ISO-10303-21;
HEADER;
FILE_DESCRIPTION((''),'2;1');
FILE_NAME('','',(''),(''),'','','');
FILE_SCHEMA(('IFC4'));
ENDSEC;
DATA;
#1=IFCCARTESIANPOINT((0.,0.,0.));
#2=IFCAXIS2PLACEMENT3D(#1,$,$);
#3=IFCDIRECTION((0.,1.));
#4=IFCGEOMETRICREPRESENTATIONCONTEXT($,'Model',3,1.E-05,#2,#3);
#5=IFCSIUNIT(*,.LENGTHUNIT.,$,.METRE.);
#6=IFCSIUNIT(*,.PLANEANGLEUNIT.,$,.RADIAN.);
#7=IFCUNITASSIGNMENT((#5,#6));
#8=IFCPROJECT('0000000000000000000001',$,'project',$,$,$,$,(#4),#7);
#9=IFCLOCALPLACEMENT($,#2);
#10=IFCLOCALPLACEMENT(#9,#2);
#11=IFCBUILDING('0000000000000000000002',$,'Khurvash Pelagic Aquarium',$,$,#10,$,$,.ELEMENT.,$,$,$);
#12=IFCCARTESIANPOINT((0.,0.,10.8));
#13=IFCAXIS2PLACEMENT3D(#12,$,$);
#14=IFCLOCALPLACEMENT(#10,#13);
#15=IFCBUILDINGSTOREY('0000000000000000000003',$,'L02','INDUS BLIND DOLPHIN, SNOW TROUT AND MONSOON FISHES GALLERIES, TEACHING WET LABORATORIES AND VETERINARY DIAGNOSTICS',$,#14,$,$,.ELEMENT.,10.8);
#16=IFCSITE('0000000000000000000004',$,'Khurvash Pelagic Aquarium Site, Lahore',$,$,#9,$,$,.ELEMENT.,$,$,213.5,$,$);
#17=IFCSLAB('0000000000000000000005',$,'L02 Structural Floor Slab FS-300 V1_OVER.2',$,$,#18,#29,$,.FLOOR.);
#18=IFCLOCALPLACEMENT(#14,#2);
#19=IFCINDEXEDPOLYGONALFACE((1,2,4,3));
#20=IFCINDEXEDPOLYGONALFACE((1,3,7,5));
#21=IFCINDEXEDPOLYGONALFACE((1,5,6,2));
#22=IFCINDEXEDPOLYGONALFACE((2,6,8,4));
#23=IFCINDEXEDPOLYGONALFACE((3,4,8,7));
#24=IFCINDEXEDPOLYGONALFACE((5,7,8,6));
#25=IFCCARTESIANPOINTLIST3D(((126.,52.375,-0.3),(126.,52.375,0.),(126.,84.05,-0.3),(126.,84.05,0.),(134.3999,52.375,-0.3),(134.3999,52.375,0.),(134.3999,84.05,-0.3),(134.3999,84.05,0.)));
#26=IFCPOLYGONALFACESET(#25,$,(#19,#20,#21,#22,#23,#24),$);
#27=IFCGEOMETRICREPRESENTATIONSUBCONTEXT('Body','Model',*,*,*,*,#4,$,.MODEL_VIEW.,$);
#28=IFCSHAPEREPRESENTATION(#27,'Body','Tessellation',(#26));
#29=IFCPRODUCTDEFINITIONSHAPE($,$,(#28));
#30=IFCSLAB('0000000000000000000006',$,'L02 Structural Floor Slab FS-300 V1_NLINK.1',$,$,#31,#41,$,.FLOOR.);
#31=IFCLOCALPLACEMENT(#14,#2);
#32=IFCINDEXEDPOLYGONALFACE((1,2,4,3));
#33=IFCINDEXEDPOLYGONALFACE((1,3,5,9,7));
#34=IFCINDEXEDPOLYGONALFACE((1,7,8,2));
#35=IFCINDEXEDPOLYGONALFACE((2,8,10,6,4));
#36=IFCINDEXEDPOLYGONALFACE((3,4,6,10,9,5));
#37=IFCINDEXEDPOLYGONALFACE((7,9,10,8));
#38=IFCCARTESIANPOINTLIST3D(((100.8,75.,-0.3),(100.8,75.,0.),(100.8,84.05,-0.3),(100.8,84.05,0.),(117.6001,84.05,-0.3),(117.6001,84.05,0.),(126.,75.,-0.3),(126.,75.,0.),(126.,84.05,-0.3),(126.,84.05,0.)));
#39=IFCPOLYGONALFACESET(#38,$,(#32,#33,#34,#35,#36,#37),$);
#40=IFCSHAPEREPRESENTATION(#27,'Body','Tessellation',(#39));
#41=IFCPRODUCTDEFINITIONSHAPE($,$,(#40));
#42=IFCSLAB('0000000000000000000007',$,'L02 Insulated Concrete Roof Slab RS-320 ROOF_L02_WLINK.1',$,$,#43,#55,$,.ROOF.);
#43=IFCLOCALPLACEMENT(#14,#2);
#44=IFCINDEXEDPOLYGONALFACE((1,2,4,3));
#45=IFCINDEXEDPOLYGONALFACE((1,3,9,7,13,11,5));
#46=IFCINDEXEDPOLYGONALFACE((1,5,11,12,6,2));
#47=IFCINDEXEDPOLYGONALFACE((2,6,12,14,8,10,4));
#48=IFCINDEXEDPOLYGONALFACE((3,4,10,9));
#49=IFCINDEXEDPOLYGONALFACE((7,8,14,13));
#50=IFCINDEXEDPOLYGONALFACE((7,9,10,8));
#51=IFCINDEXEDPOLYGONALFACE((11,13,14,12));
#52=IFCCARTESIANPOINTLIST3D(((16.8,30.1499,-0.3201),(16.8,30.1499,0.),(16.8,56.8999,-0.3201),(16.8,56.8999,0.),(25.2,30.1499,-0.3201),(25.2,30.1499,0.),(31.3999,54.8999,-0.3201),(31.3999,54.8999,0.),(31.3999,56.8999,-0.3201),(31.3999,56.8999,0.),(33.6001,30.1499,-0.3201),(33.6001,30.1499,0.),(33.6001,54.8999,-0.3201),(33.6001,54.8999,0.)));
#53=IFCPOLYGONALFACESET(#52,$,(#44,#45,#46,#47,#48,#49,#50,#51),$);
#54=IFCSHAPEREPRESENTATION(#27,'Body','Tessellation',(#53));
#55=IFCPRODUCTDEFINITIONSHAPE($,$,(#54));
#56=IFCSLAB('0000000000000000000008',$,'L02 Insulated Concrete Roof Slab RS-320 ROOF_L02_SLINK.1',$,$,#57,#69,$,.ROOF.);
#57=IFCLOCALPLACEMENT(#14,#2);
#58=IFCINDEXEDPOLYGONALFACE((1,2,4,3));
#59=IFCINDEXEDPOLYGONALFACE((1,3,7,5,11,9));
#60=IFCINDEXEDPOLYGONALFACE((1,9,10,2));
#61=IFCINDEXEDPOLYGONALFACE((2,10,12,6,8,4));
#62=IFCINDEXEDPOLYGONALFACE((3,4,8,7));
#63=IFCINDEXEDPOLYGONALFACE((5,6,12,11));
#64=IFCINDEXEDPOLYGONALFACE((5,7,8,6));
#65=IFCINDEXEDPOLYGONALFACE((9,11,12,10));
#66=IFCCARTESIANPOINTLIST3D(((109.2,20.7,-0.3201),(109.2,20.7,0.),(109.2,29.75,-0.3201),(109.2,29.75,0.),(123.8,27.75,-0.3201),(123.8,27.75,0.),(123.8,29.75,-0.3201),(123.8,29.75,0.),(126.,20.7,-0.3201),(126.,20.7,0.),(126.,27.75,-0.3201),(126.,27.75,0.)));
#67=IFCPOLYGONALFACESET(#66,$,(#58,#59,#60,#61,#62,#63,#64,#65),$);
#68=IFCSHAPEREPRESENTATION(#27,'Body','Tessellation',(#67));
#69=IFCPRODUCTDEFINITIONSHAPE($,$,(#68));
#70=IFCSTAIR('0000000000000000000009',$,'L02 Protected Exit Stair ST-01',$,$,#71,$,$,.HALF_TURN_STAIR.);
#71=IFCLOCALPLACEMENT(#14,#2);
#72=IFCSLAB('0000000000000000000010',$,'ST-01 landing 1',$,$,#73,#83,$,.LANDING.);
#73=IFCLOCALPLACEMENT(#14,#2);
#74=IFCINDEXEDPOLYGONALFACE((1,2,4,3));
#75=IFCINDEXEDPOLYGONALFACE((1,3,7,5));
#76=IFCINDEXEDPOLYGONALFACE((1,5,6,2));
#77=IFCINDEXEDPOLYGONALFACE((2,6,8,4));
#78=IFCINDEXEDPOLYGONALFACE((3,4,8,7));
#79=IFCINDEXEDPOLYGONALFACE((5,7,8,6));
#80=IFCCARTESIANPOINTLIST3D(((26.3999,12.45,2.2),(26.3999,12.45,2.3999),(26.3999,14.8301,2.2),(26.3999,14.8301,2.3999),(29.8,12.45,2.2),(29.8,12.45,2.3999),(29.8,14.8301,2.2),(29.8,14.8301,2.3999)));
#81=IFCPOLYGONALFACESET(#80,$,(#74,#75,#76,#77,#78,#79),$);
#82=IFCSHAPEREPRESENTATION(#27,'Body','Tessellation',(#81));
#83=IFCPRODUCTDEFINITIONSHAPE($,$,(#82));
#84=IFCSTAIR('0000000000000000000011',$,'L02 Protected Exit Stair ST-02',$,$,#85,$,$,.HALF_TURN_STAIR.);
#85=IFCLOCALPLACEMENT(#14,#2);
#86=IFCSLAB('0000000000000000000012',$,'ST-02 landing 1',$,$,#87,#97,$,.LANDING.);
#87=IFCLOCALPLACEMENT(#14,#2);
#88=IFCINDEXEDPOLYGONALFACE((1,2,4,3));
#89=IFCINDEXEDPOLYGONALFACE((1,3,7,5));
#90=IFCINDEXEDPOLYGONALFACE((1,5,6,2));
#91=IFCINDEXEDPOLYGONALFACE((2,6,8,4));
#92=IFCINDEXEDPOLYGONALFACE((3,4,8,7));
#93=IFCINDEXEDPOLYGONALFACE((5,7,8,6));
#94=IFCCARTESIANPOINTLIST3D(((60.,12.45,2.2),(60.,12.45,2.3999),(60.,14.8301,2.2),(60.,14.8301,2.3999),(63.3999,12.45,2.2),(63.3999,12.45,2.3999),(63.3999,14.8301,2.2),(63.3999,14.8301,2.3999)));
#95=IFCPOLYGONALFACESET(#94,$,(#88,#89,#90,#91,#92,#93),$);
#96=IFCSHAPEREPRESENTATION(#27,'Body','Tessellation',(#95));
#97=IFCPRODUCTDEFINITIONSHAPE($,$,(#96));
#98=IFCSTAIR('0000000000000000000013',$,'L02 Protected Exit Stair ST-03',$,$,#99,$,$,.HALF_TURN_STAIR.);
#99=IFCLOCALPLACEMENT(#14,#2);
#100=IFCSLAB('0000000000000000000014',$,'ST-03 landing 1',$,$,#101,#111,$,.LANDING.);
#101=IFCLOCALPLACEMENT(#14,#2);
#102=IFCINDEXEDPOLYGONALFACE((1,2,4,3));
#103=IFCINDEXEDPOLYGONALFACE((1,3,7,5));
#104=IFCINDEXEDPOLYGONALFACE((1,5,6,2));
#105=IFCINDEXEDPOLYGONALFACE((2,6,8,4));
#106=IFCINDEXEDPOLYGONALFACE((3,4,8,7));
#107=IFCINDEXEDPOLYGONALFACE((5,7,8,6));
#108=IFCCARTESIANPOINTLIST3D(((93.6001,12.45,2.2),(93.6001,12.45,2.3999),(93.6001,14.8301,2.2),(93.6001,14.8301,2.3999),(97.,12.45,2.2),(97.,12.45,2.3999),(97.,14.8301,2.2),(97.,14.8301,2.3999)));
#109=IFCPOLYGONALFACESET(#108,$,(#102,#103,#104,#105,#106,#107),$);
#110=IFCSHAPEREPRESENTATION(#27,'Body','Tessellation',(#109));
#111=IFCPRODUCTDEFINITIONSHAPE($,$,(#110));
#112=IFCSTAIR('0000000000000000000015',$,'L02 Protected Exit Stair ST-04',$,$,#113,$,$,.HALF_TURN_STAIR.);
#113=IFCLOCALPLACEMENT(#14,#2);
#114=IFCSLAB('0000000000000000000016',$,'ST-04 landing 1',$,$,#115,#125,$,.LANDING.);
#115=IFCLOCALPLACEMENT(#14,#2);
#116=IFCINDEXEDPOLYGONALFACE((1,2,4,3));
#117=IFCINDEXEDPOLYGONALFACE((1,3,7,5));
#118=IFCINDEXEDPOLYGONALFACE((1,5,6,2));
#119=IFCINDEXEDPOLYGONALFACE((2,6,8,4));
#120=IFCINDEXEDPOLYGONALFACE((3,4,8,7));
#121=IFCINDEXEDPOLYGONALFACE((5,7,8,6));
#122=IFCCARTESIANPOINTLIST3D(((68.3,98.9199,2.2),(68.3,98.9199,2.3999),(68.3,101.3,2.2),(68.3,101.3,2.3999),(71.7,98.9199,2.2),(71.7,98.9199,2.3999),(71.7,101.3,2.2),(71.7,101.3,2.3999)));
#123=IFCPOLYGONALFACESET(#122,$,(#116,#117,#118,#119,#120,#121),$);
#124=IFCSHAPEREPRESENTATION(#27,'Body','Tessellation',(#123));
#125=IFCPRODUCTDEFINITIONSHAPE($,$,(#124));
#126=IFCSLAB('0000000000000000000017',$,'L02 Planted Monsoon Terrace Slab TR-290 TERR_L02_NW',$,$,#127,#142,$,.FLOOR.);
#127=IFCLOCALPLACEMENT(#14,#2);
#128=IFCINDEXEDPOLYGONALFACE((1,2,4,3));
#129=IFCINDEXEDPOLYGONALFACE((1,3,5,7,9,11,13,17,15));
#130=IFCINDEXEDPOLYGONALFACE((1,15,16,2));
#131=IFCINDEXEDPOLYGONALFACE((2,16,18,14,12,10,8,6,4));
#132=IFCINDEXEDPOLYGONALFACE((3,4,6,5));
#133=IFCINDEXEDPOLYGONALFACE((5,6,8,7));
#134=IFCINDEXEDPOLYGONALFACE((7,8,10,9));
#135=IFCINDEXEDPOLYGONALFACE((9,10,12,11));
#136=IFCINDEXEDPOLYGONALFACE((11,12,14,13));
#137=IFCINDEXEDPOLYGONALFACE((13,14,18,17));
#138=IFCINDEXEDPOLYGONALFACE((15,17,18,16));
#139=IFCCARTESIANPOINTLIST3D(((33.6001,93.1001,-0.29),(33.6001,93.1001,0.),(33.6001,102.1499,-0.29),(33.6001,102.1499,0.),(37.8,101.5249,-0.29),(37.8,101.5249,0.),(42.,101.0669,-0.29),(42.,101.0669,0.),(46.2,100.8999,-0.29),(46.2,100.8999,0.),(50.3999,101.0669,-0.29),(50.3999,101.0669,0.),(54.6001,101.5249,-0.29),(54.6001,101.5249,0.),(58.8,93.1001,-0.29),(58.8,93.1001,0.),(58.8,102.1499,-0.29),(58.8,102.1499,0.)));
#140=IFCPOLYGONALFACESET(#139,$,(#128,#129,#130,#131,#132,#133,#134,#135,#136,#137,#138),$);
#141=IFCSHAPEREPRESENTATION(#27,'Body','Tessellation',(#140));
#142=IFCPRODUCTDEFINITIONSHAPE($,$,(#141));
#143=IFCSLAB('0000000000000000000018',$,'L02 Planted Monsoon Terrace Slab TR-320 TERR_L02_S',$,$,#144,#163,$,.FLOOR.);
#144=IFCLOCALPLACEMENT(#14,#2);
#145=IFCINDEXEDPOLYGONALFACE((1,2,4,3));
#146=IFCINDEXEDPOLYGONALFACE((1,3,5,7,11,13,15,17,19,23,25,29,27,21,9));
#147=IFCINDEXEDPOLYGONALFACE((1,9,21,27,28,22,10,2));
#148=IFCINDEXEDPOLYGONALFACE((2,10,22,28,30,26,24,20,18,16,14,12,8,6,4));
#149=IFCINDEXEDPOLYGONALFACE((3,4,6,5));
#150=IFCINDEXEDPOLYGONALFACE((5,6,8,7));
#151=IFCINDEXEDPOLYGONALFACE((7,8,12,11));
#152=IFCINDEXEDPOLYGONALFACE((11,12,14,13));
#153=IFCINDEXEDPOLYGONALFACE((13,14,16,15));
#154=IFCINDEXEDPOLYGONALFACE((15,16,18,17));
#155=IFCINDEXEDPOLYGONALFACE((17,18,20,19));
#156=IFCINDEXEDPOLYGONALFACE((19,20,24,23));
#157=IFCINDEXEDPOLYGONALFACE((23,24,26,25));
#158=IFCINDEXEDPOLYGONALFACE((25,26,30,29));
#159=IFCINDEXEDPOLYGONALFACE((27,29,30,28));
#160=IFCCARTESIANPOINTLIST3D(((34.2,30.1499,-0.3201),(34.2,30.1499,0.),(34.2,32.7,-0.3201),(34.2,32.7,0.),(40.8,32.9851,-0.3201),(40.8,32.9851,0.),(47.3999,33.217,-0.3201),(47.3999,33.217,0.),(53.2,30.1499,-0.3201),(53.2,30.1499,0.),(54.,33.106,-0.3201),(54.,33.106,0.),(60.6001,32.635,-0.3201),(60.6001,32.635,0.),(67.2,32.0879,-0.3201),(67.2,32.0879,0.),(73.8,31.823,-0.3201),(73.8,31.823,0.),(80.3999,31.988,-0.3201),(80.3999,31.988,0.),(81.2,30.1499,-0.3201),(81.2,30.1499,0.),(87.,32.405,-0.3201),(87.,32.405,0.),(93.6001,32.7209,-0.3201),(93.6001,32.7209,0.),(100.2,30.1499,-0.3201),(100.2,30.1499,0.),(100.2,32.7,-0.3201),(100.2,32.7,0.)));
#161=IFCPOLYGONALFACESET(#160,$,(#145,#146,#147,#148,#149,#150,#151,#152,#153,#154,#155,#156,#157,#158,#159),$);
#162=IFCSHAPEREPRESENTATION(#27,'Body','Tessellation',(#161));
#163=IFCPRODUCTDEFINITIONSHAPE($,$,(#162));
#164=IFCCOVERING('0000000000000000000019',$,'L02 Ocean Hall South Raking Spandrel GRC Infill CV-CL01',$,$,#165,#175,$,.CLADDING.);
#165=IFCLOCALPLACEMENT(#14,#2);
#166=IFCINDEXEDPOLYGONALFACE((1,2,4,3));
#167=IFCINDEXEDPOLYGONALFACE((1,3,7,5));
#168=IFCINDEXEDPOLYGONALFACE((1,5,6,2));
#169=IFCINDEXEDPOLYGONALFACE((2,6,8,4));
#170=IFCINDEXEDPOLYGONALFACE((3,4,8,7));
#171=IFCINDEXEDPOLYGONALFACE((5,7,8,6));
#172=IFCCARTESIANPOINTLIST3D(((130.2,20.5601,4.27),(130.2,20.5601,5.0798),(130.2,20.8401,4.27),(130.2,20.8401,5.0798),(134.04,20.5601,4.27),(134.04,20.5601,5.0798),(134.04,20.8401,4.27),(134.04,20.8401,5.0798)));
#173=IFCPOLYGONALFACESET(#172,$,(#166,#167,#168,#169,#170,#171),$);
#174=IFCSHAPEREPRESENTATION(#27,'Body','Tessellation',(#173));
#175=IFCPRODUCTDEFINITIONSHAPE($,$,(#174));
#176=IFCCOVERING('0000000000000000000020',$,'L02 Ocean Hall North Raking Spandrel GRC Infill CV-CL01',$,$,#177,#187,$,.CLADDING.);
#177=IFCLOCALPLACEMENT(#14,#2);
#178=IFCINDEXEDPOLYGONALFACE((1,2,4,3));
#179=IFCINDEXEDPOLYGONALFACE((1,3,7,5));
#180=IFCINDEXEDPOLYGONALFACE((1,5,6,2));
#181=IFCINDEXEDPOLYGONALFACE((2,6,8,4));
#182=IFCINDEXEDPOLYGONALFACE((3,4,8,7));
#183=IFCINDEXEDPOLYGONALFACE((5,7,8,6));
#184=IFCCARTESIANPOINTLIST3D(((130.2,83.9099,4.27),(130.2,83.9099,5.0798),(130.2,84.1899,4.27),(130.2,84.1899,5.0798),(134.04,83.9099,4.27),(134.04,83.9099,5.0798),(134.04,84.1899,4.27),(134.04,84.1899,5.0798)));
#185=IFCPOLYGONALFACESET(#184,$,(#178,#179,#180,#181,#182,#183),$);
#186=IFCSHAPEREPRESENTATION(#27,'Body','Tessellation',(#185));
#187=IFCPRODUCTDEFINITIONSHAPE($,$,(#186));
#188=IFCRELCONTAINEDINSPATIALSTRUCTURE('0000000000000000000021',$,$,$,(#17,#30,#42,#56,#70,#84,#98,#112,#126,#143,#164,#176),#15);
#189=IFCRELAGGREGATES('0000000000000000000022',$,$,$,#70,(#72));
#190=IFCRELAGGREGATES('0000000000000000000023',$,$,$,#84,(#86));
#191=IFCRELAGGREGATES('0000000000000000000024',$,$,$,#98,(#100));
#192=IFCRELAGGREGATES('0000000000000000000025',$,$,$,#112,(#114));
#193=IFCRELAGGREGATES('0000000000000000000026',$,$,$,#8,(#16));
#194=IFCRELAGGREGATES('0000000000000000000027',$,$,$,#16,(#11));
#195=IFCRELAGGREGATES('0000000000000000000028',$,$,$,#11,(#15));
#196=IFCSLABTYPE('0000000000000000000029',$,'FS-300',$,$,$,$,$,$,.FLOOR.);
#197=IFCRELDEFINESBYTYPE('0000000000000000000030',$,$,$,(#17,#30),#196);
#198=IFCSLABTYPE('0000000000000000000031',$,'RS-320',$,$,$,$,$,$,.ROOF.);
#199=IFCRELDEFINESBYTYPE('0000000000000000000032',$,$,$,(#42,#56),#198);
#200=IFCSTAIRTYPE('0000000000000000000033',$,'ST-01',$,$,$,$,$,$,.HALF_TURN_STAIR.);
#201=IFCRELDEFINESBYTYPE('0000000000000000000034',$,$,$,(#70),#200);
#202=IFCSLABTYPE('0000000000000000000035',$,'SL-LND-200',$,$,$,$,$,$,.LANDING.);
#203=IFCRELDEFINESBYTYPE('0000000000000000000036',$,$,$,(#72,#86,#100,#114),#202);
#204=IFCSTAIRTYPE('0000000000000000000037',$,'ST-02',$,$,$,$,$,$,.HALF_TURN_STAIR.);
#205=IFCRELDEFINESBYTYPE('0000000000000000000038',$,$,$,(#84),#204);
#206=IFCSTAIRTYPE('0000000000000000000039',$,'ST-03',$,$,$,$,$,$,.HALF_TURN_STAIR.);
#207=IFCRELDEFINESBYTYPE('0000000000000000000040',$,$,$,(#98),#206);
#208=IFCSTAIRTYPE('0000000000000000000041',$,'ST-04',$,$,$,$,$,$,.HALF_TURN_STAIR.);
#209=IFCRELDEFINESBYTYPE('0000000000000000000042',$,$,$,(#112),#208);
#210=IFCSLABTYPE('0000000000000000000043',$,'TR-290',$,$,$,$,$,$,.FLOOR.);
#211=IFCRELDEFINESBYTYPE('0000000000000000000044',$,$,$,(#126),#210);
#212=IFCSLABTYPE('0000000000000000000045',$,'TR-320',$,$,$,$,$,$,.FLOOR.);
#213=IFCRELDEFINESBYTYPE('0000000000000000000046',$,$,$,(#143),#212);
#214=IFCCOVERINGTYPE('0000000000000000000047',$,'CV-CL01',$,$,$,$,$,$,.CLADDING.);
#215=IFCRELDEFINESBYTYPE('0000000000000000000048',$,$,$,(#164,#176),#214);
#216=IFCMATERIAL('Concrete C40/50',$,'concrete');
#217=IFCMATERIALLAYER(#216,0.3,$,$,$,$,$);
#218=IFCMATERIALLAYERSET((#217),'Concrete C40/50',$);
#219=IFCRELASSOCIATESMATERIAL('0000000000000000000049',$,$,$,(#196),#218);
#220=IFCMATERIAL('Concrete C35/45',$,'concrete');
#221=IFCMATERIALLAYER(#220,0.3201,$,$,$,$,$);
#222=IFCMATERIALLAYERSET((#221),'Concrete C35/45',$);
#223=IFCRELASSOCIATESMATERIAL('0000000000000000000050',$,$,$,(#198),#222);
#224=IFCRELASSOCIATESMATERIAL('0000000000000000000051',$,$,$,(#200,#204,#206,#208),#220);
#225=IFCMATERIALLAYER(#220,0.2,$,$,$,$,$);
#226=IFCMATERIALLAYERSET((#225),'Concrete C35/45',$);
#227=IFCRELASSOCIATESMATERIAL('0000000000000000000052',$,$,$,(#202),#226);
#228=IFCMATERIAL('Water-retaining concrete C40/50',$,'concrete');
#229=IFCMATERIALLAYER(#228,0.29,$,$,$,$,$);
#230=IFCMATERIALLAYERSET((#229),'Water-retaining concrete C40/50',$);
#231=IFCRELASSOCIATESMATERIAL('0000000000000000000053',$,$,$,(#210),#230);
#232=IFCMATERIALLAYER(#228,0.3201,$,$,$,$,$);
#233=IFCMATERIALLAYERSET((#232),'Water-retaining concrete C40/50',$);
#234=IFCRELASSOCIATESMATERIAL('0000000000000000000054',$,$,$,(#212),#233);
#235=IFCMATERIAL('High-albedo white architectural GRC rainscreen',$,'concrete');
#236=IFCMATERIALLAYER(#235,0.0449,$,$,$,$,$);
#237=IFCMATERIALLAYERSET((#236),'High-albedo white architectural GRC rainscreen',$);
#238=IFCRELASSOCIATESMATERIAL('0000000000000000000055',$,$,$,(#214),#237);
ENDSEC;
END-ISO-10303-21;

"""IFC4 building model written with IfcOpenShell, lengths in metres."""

from ifc_helpers import new_model, si_unit, direction, frame, origin, place, context, subcontext, project, spatial, polyline, outline, extrude, material, layer, layer_set, type_object, element, aggregate, save


model = new_model("IFC4")

# Units and contexts
model_context = context("Model", 3, precision=1e-05, world=origin(), true_north=direction((0.0, 1.0)))
body_context = subcontext(model_context, "Body", "Model", "MODEL_VIEW")
ifc_project = project(units=[si_unit("LENGTHUNIT", "METRE"), si_unit("PLANEANGLEUNIT", "RADIAN")], contexts=[model_context])

# Site, building, storey
site_placement = place(None, origin())
site = spatial("IfcSite", under=ifc_project, at=site_placement, Name="Khurvash Pelagic Aquarium Site, Lahore", CompositionType="ELEMENT", RefElevation=213.5)
building_placement = place(site_placement, origin())
building = spatial("IfcBuilding", under=site, at=building_placement, Name="Khurvash Pelagic Aquarium", CompositionType="ELEMENT")
storey_placement = place(building_placement, frame((0.0, 0.0, 10.8)))
storey = spatial("IfcBuildingStorey", under=building, at=storey_placement, Name="L02", Description="INDUS BLIND DOLPHIN, SNOW TROUT AND MONSOON FISHES GALLERIES, TEACHING WET LABORATORIES AND VETERINARY DIAGNOSTICS", CompositionType="ELEMENT", Elevation=10.8)

# Slabs
ifc_material_1 = material(Name="Concrete C40/50", Category="concrete")
ifc_layer_1 = layer(ifc_material_1, 0.3)
ifc_layer_set_1 = layer_set([ifc_layer_1], Name="Concrete C40/50")
slab_type_1 = type_object("IfcSlabType", Name="FS-300", PredefinedType="FLOOR", material=ifc_layer_set_1)
slab_1_placement = place(storey_placement, frame((0.0, 0.0, -0.3)))
element("IfcSlab", 1, at=slab_1_placement, inside=storey, type_object=slab_type_1, Name="L02 Structural Floor Slab FS-300 V1_OVER.2", PredefinedType="FLOOR", context=body_context, shape_type="SweptSolid", body=[
    extrude(outline(polyline([(126.0, 52.375), (134.3999, 52.375), (134.3999, 84.05), (126.0, 84.05), (126.0, 52.375)])), origin(), (0.0, 0.0, 1.0), 0.3),
])
slab_2_placement = place(storey_placement, frame((0.0, 0.0, -0.3)))
element("IfcSlab", 2, at=slab_2_placement, inside=storey, type_object=slab_type_1, Name="L02 Structural Floor Slab FS-300 V1_NLINK.1", PredefinedType="FLOOR", context=body_context, shape_type="SweptSolid", body=[
    extrude(outline(polyline([(126.0, 84.05), (117.6001, 84.05), (100.8, 84.05), (100.8, 75.0), (126.0, 75.0), (126.0, 84.05)])), origin(), (0.0, 0.0, 1.0), 0.3),
])
ifc_material_2 = material(Name="Concrete C35/45", Category="concrete")
ifc_layer_2 = layer(ifc_material_2, 0.3201)
ifc_layer_set_2 = layer_set([ifc_layer_2], Name="Concrete C35/45")
slab_type_2 = type_object("IfcSlabType", Name="RS-320", PredefinedType="ROOF", material=ifc_layer_set_2)
slab_3_placement = place(storey_placement, frame((0.0, 0.0, -0.3201)))
element("IfcSlab", 3, at=slab_3_placement, inside=storey, type_object=slab_type_2, Name="L02 Insulated Concrete Roof Slab RS-320 ROOF_L02_WLINK.1", PredefinedType="ROOF", context=body_context, shape_type="SweptSolid", body=[
    extrude(outline(polyline([(33.6001, 30.1499), (33.6001, 54.8999), (31.3999, 54.8999), (31.3999, 56.8999), (16.8, 56.8999), (16.8, 30.1499), (25.2, 30.1499), (33.6001, 30.1499)])), origin(), (0.0, 0.0, 1.0), 0.3201),
])
slab_4_placement = place(storey_placement, frame((0.0, 0.0, -0.3201)))
element("IfcSlab", 4, at=slab_4_placement, inside=storey, type_object=slab_type_2, Name="L02 Insulated Concrete Roof Slab RS-320 ROOF_L02_SLINK.1", PredefinedType="ROOF", context=body_context, shape_type="SweptSolid", body=[
    extrude(outline(polyline([(126.0, 20.7), (126.0, 27.75), (123.8, 27.75), (123.8, 29.75), (109.2, 29.75), (109.2, 20.7), (126.0, 20.7)])), origin(), (0.0, 0.0, 1.0), 0.3201),
])

# Stairs, slabs
stair_type_1 = type_object("IfcStairType", Name="ST-01", PredefinedType="HALF_TURN_STAIR", material=ifc_material_2)
stair_1_placement = place(storey_placement, origin())
stair_1 = element("IfcStair", 5, at=stair_1_placement, inside=storey, type_object=stair_type_1, Name="L02 Protected Exit Stair ST-01", PredefinedType="HALF_TURN_STAIR")
ifc_layer_3 = layer(ifc_material_2, 0.2)
ifc_layer_set_3 = layer_set([ifc_layer_3], Name="Concrete C35/45")
slab_type_3 = type_object("IfcSlabType", Name="SL-LND-200", PredefinedType="LANDING", material=ifc_layer_set_3)
slab_5_placement = place(storey_placement, frame((0.0, 0.0, 2.2)))
slab_5 = element("IfcSlab", 6, at=slab_5_placement, type_object=slab_type_3, Name="ST-01 landing 1", PredefinedType="LANDING", context=body_context, shape_type="SweptSolid", body=[
    extrude(outline(polyline([(26.3999, 14.8301), (26.3999, 12.45), (29.8, 12.45), (29.8, 14.8301), (26.3999, 14.8301)])), origin(), (0.0, 0.0, 1.0), 0.2),
])
aggregate(stair_1, [slab_5])
stair_type_2 = type_object("IfcStairType", Name="ST-02", PredefinedType="HALF_TURN_STAIR", material=ifc_material_2)
stair_2_placement = place(storey_placement, origin())
stair_2 = element("IfcStair", 7, at=stair_2_placement, inside=storey, type_object=stair_type_2, Name="L02 Protected Exit Stair ST-02", PredefinedType="HALF_TURN_STAIR")
slab_6_placement = place(storey_placement, frame((0.0, 0.0, 2.2)))
slab_6 = element("IfcSlab", 8, at=slab_6_placement, type_object=slab_type_3, Name="ST-02 landing 1", PredefinedType="LANDING", context=body_context, shape_type="SweptSolid", body=[
    extrude(outline(polyline([(60.0, 14.8301), (60.0, 12.45), (63.3999, 12.45), (63.3999, 14.8301), (60.0, 14.8301)])), origin(), (0.0, 0.0, 1.0), 0.2),
])
aggregate(stair_2, [slab_6])
stair_type_3 = type_object("IfcStairType", Name="ST-03", PredefinedType="HALF_TURN_STAIR", material=ifc_material_2)
stair_3_placement = place(storey_placement, origin())
stair_3 = element("IfcStair", 9, at=stair_3_placement, inside=storey, type_object=stair_type_3, Name="L02 Protected Exit Stair ST-03", PredefinedType="HALF_TURN_STAIR")
slab_7_placement = place(storey_placement, frame((0.0, 0.0, 2.2)))
slab_7 = element("IfcSlab", 10, at=slab_7_placement, type_object=slab_type_3, Name="ST-03 landing 1", PredefinedType="LANDING", context=body_context, shape_type="SweptSolid", body=[
    extrude(outline(polyline([(93.6001, 14.8301), (93.6001, 12.45), (97.0, 12.45), (97.0, 14.8301), (93.6001, 14.8301)])), origin(), (0.0, 0.0, 1.0), 0.2),
])
aggregate(stair_3, [slab_7])
stair_type_4 = type_object("IfcStairType", Name="ST-04", PredefinedType="HALF_TURN_STAIR", material=ifc_material_2)
stair_4_placement = place(storey_placement, origin())
stair_4 = element("IfcStair", 11, at=stair_4_placement, inside=storey, type_object=stair_type_4, Name="L02 Protected Exit Stair ST-04", PredefinedType="HALF_TURN_STAIR")
slab_8_placement = place(storey_placement, frame((0.0, 0.0, 2.2)))
slab_8 = element("IfcSlab", 12, at=slab_8_placement, type_object=slab_type_3, Name="ST-04 landing 1", PredefinedType="LANDING", context=body_context, shape_type="SweptSolid", body=[
    extrude(outline(polyline([(71.7, 98.9199), (71.7, 101.3), (68.3, 101.3), (68.3, 98.9199), (71.7, 98.9199)])), origin(), (0.0, 0.0, 1.0), 0.2),
])
aggregate(stair_4, [slab_8])

# Slabs
ifc_material_3 = material(Name="Water-retaining concrete C40/50", Category="concrete")
ifc_layer_4 = layer(ifc_material_3, 0.29)
ifc_layer_set_4 = layer_set([ifc_layer_4], Name="Water-retaining concrete C40/50")
slab_type_4 = type_object("IfcSlabType", Name="TR-290", PredefinedType="FLOOR", material=ifc_layer_set_4)
slab_9_placement = place(storey_placement, frame((0.0, 0.0, -0.29)))
element("IfcSlab", 13, at=slab_9_placement, inside=storey, type_object=slab_type_4, Name="L02 Planted Monsoon Terrace Slab TR-290 TERR_L02_NW", PredefinedType="FLOOR", context=body_context, shape_type="SweptSolid", body=[
    extrude(outline(polyline([(33.6001, 93.1001), (58.8, 93.1001), (58.8, 102.1499), (54.6001, 101.5249), (50.3999, 101.0669), (46.2, 100.8999), (42.0, 101.0669), (37.8, 101.5249), (33.6001, 102.1499), (33.6001, 93.1001)])), origin(), (0.0, 0.0, 1.0), 0.29),
])
ifc_layer_5 = layer(ifc_material_3, 0.3201)
ifc_layer_set_5 = layer_set([ifc_layer_5], Name="Water-retaining concrete C40/50")
slab_type_5 = type_object("IfcSlabType", Name="TR-320", PredefinedType="FLOOR", material=ifc_layer_set_5)
slab_10_placement = place(storey_placement, frame((0.0, 0.0, -0.3201)))
element("IfcSlab", 14, at=slab_10_placement, inside=storey, type_object=slab_type_5, Name="L02 Planted Monsoon Terrace Slab TR-320 TERR_L02_S", PredefinedType="FLOOR", context=body_context, shape_type="SweptSolid", body=[
    extrude(outline(polyline([(34.2, 30.1499), (53.2, 30.1499), (81.2, 30.1499), (100.2, 30.1499), (100.2, 32.7), (93.6001, 32.7209), (87.0, 32.405), (80.3999, 31.988), (73.8, 31.823), (67.2, 32.0879), (60.6001, 32.635), (54.0, 33.106), (47.3999, 33.217), (40.8, 32.9851), (34.2, 32.7), (34.2, 30.1499)])), origin(), (0.0, 0.0, 1.0), 0.3201),
])

# Coverings
ifc_material_4 = material(Name="High-albedo white architectural GRC rainscreen", Category="concrete")
ifc_layer_6 = layer(ifc_material_4, 0.0449)
ifc_layer_set_6 = layer_set([ifc_layer_6], Name="High-albedo white architectural GRC rainscreen")
covering_type_1 = type_object("IfcCoveringType", Name="CV-CL01", PredefinedType="CLADDING", material=ifc_layer_set_6)
covering_1_placement = place(storey_placement, frame((0.0, 0.0, 4.27)))
element("IfcCovering", 15, at=covering_1_placement, inside=storey, type_object=covering_type_1, Name="L02 Ocean Hall South Raking Spandrel GRC Infill CV-CL01", PredefinedType="CLADDING", context=body_context, shape_type="SweptSolid", body=[
    extrude(outline(polyline([(130.2, 20.5601), (134.04, 20.5601), (134.04, 20.8401), (130.2, 20.8401), (130.2, 20.5601)])), origin(), (0.0, 0.0, 1.0), 0.8098),
])
covering_2_placement = place(storey_placement, frame((0.0, 0.0, 4.27)))
element("IfcCovering", 16, at=covering_2_placement, inside=storey, type_object=covering_type_1, Name="L02 Ocean Hall North Raking Spandrel GRC Infill CV-CL01", PredefinedType="CLADDING", context=body_context, shape_type="SweptSolid", body=[
    extrude(outline(polyline([(130.2, 83.9099), (134.04, 83.9099), (134.04, 84.1899), (130.2, 84.1899), (130.2, 83.9099)])), origin(), (0.0, 0.0, 1.0), 0.8098),
])

save(model, "model.ifc")
